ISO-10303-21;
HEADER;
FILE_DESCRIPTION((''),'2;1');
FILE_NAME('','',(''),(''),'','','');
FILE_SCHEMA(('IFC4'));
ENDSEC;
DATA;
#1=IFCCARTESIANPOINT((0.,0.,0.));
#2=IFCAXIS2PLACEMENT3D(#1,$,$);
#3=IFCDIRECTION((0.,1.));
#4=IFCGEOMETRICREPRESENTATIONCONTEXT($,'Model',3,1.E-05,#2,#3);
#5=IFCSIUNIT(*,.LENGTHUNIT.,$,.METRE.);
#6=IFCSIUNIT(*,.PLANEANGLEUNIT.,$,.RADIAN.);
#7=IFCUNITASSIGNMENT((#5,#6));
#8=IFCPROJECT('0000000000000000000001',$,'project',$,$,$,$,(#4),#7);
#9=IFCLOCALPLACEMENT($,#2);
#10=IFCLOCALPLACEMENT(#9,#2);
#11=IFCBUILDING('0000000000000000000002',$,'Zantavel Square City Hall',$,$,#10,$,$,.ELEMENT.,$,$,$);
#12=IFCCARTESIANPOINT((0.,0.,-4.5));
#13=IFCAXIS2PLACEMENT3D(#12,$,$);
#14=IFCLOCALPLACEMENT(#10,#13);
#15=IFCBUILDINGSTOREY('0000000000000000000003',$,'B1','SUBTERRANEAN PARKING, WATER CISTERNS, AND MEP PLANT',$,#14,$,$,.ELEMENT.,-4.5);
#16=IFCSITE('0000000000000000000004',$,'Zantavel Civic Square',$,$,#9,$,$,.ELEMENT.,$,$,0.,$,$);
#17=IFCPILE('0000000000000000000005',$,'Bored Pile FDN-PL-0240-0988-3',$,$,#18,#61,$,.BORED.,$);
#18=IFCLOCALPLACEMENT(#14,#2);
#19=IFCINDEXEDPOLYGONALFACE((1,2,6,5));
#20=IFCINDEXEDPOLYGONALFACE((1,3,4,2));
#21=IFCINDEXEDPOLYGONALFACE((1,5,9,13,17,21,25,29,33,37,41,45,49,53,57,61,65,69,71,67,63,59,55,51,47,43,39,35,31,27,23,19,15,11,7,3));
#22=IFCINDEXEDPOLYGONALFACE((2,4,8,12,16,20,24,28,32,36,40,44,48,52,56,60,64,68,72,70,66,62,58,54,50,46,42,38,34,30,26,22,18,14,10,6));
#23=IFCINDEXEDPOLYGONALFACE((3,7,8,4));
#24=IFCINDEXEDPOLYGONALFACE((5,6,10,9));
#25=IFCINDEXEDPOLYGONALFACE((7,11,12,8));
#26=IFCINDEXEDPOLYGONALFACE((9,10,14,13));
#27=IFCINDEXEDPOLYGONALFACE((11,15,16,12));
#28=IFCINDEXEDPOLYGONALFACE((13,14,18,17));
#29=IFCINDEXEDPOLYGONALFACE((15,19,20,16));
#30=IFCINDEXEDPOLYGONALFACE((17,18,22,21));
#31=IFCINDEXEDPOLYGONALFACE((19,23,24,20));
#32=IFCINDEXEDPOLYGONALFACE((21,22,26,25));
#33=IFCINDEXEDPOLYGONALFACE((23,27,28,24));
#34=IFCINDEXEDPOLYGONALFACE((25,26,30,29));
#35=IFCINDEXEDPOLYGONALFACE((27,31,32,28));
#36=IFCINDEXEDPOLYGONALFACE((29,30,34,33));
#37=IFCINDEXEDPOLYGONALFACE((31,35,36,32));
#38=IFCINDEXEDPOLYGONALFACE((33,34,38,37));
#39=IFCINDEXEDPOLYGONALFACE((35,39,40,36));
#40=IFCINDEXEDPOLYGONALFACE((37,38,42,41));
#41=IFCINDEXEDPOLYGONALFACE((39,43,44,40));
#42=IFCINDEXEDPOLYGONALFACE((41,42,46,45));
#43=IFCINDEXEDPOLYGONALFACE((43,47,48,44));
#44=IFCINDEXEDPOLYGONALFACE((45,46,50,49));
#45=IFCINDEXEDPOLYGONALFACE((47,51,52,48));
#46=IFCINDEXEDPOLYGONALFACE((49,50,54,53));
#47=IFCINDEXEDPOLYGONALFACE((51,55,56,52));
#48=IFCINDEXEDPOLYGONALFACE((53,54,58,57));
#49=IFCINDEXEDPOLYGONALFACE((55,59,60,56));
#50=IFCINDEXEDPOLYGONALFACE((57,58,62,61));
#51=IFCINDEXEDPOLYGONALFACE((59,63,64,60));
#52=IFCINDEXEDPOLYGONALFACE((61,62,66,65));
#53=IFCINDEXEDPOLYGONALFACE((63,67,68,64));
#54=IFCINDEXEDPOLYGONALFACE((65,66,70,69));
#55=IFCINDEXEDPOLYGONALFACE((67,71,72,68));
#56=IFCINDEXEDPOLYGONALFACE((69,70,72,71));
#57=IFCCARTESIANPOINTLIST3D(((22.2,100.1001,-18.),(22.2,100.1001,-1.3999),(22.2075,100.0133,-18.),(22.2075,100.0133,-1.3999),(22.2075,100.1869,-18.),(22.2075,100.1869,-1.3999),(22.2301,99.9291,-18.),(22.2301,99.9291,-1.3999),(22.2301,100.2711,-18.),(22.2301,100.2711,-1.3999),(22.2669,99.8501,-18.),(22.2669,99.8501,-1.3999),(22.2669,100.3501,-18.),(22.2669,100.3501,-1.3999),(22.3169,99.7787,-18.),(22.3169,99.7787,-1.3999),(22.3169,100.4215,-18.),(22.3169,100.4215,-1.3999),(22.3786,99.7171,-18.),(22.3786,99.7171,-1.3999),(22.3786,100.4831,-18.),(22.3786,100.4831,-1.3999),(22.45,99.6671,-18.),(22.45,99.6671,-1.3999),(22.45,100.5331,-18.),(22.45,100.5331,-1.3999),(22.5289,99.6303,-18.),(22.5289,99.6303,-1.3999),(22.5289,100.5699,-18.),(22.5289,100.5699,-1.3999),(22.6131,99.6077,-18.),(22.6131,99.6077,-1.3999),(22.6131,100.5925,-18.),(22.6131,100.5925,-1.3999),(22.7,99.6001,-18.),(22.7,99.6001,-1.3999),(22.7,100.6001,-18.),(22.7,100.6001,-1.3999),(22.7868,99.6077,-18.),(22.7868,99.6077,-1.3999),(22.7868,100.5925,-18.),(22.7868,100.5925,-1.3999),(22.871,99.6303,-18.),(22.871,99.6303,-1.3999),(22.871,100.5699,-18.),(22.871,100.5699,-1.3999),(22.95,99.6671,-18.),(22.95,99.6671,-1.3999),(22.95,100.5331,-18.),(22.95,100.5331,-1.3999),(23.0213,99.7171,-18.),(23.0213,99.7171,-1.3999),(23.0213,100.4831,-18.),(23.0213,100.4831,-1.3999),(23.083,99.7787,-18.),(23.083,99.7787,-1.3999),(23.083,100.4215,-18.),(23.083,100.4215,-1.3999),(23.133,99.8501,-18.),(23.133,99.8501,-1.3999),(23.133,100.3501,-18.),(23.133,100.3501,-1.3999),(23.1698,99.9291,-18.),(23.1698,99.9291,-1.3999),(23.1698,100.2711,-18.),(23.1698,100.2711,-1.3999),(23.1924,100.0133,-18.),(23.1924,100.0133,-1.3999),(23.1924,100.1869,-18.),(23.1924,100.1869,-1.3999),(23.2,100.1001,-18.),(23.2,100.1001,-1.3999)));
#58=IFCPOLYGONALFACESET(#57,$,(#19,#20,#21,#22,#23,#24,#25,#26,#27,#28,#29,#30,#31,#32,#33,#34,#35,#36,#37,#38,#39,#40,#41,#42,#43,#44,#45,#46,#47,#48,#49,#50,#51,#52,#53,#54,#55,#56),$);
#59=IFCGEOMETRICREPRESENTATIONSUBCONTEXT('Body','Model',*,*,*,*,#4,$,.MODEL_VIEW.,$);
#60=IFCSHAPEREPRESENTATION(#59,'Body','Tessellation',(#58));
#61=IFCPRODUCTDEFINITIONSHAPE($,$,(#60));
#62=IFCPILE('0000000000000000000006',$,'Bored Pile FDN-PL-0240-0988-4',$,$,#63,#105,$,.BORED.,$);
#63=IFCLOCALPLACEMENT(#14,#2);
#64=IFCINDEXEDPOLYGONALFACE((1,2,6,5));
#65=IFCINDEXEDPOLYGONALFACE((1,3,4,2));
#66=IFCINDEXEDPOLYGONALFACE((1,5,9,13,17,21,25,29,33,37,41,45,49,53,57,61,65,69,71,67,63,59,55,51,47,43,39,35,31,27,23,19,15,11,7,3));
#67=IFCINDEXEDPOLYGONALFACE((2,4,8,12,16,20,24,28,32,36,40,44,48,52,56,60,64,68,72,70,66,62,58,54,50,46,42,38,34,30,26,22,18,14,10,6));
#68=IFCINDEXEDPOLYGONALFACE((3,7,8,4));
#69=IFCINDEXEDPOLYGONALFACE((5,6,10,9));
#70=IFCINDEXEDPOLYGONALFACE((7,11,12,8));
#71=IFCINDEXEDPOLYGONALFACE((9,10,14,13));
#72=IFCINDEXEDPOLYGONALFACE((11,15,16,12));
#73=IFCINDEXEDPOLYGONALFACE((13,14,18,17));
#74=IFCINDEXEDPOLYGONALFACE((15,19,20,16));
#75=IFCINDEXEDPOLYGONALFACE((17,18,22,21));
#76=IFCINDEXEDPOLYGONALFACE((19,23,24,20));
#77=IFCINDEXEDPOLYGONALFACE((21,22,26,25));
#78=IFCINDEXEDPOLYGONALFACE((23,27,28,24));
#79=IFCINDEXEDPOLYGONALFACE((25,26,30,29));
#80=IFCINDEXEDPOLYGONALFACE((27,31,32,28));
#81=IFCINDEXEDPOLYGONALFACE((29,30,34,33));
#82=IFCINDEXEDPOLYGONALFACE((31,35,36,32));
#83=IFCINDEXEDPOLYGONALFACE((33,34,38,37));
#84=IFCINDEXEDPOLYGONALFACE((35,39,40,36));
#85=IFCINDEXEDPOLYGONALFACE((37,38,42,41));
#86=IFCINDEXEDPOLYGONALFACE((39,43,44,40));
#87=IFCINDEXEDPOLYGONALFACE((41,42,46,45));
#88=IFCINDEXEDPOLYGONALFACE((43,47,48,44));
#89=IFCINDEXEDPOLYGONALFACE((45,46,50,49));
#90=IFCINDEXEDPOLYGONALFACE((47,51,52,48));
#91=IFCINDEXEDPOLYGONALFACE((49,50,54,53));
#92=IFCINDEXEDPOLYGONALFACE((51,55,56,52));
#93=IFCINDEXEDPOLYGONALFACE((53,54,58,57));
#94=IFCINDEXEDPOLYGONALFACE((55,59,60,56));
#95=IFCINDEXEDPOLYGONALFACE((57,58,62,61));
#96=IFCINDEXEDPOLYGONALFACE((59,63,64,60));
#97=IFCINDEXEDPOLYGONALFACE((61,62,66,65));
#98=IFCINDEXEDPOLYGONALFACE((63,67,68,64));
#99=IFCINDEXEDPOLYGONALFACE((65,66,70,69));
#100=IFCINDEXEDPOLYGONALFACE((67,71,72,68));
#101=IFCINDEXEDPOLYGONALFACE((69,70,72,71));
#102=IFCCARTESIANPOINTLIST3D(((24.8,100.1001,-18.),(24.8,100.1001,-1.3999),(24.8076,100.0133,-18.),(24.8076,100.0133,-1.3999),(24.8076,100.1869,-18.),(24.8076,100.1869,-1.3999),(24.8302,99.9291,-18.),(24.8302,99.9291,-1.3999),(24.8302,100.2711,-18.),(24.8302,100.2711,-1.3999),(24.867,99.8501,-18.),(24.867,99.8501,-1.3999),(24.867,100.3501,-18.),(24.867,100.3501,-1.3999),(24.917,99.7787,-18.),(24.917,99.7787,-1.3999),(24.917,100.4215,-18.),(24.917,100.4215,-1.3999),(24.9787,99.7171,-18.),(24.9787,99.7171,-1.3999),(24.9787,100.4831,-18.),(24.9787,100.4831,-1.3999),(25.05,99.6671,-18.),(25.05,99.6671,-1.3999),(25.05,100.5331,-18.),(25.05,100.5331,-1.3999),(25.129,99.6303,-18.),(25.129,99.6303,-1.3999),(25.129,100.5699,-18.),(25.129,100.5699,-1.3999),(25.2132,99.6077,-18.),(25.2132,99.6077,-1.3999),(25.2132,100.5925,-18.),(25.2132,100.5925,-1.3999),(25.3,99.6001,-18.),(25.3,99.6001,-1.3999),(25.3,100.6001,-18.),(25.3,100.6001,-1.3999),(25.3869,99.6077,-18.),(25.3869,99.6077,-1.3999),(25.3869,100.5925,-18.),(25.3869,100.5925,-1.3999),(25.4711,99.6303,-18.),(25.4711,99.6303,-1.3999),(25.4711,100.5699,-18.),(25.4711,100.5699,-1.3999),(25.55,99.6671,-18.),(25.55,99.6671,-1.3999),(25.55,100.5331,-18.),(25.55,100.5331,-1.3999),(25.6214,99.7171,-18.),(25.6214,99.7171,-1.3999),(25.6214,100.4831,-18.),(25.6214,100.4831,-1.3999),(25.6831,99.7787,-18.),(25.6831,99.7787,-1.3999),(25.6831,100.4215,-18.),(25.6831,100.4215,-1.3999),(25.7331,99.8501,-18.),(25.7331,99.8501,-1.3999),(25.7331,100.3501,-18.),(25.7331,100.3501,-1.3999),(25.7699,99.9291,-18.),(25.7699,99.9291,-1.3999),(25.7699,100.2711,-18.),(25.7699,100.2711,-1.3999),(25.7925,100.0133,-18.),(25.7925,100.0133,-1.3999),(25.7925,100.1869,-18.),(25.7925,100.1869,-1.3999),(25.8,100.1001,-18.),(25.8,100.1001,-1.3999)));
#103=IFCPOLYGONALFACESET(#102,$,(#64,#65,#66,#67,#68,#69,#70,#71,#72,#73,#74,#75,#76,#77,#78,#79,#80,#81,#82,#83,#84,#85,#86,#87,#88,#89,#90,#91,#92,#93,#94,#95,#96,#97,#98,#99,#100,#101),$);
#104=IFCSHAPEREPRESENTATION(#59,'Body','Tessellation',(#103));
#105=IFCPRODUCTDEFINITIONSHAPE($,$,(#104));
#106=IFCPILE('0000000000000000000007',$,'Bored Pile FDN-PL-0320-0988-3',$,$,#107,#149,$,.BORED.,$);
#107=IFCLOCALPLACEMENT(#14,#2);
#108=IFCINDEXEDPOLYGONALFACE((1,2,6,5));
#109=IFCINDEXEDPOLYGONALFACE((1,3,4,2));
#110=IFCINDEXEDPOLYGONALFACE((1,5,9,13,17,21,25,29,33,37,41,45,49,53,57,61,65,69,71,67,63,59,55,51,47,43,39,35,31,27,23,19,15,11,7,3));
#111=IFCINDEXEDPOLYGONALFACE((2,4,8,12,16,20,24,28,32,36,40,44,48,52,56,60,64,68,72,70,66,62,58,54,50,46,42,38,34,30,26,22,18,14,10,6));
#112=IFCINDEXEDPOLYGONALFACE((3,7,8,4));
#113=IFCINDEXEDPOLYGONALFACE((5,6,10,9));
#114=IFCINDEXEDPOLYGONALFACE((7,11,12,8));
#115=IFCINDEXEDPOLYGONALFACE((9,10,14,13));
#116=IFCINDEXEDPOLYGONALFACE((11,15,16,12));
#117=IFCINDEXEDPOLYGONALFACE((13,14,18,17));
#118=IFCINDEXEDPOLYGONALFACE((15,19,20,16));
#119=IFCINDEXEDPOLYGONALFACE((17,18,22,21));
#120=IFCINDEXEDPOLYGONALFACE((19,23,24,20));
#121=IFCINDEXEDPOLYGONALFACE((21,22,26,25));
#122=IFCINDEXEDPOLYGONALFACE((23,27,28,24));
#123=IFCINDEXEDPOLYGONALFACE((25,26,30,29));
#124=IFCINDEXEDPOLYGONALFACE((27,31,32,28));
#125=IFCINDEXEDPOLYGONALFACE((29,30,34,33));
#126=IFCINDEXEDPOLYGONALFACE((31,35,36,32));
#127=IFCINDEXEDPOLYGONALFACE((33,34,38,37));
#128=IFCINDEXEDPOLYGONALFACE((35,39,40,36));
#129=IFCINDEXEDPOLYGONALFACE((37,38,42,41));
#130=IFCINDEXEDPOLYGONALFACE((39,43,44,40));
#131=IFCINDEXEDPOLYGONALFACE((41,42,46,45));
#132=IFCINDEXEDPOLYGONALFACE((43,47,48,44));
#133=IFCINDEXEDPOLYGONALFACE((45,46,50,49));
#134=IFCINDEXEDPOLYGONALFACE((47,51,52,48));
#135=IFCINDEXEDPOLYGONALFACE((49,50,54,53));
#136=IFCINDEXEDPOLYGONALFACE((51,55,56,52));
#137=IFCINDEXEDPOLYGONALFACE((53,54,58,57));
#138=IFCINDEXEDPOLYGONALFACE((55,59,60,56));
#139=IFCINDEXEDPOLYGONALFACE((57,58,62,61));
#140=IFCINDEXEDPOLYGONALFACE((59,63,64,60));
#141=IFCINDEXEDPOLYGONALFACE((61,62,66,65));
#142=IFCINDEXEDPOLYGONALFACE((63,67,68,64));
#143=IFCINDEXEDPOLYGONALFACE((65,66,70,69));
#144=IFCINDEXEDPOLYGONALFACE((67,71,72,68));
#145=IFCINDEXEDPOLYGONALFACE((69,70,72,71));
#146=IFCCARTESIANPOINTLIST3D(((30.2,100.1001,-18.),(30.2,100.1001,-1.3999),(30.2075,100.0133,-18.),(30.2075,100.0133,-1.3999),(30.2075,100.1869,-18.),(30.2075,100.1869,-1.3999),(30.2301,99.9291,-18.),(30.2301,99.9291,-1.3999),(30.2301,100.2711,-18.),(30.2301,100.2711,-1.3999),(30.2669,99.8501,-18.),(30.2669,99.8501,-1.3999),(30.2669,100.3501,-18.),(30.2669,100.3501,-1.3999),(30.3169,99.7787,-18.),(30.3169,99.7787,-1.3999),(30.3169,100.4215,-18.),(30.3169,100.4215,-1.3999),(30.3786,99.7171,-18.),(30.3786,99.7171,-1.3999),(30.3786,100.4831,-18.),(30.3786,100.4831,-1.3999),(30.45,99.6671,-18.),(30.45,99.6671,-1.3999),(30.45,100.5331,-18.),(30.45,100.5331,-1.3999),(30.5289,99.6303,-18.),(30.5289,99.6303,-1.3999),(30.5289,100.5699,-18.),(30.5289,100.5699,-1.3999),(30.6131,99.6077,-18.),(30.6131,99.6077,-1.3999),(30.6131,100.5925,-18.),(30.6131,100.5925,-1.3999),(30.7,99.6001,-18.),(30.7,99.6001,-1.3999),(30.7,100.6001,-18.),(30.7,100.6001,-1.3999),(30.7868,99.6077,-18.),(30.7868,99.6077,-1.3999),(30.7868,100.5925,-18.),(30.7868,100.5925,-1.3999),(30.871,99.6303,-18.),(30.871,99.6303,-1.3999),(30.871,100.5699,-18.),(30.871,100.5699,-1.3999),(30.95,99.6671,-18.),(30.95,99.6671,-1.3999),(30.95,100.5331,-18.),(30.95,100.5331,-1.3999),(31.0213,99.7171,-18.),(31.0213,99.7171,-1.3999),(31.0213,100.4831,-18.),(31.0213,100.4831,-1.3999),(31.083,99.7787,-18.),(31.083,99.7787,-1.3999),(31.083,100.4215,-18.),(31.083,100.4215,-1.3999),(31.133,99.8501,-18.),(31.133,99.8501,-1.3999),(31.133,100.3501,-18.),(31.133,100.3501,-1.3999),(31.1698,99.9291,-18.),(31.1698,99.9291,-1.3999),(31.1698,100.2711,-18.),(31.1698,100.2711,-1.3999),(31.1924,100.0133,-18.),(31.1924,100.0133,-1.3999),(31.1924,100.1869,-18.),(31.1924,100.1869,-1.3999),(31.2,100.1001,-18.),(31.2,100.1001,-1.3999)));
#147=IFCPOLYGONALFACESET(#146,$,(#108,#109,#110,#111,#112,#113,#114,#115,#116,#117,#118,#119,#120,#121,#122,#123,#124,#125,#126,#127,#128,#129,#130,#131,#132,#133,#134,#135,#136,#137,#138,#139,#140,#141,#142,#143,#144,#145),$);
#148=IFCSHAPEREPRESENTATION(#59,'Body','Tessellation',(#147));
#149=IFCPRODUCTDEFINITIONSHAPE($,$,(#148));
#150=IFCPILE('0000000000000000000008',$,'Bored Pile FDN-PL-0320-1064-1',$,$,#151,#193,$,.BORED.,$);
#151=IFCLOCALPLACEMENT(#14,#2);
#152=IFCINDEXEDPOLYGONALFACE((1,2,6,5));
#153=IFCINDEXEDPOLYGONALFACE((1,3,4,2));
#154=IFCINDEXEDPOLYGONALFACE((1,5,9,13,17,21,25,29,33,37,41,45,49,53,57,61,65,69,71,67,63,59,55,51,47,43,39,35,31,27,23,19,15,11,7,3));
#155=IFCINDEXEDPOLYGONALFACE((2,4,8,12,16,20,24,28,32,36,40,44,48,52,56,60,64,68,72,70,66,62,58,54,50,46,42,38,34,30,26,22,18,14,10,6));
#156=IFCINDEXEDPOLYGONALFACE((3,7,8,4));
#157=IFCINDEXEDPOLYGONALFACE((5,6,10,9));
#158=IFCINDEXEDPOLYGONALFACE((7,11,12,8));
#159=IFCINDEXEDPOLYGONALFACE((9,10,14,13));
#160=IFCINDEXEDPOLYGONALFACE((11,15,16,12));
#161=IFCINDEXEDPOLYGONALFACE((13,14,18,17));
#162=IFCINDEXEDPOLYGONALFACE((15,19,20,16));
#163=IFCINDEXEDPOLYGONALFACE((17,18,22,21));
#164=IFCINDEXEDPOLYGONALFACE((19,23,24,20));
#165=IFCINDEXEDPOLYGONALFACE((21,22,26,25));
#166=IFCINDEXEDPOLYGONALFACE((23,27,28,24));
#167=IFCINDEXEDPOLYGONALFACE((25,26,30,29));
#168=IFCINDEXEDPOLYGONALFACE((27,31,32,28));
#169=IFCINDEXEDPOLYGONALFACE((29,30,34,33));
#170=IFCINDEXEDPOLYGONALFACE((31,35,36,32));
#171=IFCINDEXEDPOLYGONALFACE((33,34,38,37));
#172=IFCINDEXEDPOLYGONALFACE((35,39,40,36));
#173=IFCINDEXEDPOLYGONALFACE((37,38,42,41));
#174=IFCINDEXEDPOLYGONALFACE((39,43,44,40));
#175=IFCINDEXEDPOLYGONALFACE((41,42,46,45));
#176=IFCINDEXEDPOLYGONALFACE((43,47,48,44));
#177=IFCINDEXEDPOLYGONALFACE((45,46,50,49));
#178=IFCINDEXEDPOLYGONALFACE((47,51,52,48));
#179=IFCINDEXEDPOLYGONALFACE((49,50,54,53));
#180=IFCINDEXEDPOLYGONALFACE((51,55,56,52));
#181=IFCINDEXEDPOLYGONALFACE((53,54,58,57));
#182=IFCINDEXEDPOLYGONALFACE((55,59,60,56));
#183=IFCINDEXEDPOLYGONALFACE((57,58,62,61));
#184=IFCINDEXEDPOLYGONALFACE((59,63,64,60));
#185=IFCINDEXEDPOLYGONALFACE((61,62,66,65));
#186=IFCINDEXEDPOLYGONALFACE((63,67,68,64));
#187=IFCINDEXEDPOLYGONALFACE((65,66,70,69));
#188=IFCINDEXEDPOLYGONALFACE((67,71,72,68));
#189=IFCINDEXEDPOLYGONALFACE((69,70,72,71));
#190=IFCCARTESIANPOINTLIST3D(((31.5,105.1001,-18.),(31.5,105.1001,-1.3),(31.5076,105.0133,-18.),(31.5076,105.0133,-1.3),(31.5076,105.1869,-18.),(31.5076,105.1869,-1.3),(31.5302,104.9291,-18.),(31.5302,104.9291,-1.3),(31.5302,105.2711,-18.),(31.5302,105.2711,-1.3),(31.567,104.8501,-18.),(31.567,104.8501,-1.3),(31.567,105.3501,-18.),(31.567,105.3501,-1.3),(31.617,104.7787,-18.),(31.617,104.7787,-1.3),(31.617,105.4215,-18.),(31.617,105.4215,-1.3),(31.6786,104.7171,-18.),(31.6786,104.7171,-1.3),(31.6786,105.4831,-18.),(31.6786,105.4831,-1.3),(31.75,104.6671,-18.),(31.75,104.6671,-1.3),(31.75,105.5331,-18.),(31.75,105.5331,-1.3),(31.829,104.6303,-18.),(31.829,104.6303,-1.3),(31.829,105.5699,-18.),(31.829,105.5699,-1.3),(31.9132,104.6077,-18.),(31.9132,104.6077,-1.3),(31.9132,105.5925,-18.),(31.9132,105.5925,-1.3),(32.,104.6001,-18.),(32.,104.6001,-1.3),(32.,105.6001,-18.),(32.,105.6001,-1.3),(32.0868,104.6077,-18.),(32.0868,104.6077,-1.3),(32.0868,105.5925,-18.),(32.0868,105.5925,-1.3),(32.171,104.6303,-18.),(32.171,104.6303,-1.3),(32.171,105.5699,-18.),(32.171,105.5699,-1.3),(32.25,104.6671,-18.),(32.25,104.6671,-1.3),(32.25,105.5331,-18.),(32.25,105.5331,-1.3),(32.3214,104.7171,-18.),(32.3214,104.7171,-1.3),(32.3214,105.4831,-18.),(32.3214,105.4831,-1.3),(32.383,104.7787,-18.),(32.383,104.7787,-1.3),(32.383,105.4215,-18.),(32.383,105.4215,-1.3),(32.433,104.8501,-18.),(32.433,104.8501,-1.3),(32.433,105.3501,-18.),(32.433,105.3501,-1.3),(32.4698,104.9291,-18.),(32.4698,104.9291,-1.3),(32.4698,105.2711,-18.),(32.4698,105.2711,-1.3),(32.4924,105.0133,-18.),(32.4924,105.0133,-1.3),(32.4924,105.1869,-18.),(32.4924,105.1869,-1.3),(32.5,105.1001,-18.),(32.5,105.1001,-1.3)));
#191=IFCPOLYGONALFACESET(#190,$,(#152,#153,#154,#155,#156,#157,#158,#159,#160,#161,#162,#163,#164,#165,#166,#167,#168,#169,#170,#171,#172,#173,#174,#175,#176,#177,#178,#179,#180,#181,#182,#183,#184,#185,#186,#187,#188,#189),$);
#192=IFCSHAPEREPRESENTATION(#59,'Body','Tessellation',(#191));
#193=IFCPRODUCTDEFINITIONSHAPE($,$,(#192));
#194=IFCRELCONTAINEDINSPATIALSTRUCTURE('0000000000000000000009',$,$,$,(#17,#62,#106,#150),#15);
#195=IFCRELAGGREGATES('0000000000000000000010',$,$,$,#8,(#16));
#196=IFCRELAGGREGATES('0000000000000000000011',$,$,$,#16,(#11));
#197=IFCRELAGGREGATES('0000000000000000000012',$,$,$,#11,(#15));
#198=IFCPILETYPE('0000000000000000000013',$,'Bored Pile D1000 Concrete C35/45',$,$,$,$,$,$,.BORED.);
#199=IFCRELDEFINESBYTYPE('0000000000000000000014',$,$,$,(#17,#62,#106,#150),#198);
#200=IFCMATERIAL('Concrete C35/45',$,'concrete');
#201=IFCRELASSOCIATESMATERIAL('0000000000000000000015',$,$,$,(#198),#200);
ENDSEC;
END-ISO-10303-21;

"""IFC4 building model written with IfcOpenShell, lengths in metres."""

from ifc_helpers import new_model, si_unit, direction, frame, origin, origin_2d, place, context, subcontext, project, spatial, circle, extrude, material, material_profile, profile_set, type_object, element, save


model = new_model("IFC4")

# Units and contexts
model_context = context("Model", 3, precision=1e-05, world=origin(), true_north=direction((0.0, 1.0)))
body_context = subcontext(model_context, "Body", "Model", "MODEL_VIEW")
ifc_project = project(units=[si_unit("LENGTHUNIT", "METRE"), si_unit("PLANEANGLEUNIT", "RADIAN")], contexts=[model_context])

# Site, building, storey
site_placement = place(None, origin())
site = spatial("IfcSite", under=ifc_project, at=site_placement, Name="Zantavel Civic Square", CompositionType="ELEMENT", RefElevation=0.0)
building_placement = place(site_placement, origin())
building = spatial("IfcBuilding", under=site, at=building_placement, Name="Zantavel Square City Hall", CompositionType="ELEMENT")
storey_placement = place(building_placement, frame((0.0, 0.0, -4.5)))
storey = spatial("IfcBuildingStorey", under=building, at=storey_placement, Name="B1", Description="SUBTERRANEAN PARKING, WATER CISTERNS, AND MEP PLANT", CompositionType="ELEMENT", Elevation=-4.5)

# Piles
ifc_material_1 = material(Name="Concrete C35/45", Category="concrete")
ifc_material_profile_1 = material_profile(ifc_material_1, circle(Radius=0.5, at=origin_2d()), Name="PILE D1000")
ifc_profile_set_1 = profile_set([ifc_material_profile_1], Name="Concrete C35/45")
pile_type_1 = type_object("IfcPileType", Name="Bored Pile D1000 Concrete C35/45", PredefinedType="BORED", material=ifc_profile_set_1)
for number, where, z_axis, x_axis, name in (
    (1, (22.7, 100.1001, -1.3999), (0.0, 0.0, -1.0), (1.0, 0.0, 0.0), "Bored Pile FDN-PL-0240-0988-3"),
    (2, (25.3, 100.1001, -1.3999), (0.0, 0.0, -1.0), (1.0, 0.0, 0.0), "Bored Pile FDN-PL-0240-0988-4"),
    (3, (30.7, 100.1001, -1.3999), (0.0, 0.0, -1.0), (1.0, 0.0, 0.0), "Bored Pile FDN-PL-0320-0988-3"),
):
    element("IfcPile", number, at=place(storey_placement, frame(where, z_axis=z_axis, x_axis=x_axis)), inside=storey, type_object=pile_type_1, Name=name, PredefinedType="BORED", context=body_context, shape_type="SweptSolid", body=[
        extrude(circle(Radius=0.5, at=origin_2d()), origin(), (0.0, 0.0, 1.0), 16.6001),
    ])
pile_placement = place(storey_placement, frame((32.0, 105.1001, -1.3), z_axis=(0.0, 0.0, -1.0), x_axis=(1.0, 0.0, 0.0)))
element("IfcPile", 4, at=pile_placement, inside=storey, type_object=pile_type_1, Name="Bored Pile FDN-PL-0320-1064-1", PredefinedType="BORED", context=body_context, shape_type="SweptSolid", body=[
    extrude(circle(Radius=0.5, at=origin_2d()), origin(), (0.0, 0.0, 1.0), 16.7),
])

save(model, "model.ifc")
